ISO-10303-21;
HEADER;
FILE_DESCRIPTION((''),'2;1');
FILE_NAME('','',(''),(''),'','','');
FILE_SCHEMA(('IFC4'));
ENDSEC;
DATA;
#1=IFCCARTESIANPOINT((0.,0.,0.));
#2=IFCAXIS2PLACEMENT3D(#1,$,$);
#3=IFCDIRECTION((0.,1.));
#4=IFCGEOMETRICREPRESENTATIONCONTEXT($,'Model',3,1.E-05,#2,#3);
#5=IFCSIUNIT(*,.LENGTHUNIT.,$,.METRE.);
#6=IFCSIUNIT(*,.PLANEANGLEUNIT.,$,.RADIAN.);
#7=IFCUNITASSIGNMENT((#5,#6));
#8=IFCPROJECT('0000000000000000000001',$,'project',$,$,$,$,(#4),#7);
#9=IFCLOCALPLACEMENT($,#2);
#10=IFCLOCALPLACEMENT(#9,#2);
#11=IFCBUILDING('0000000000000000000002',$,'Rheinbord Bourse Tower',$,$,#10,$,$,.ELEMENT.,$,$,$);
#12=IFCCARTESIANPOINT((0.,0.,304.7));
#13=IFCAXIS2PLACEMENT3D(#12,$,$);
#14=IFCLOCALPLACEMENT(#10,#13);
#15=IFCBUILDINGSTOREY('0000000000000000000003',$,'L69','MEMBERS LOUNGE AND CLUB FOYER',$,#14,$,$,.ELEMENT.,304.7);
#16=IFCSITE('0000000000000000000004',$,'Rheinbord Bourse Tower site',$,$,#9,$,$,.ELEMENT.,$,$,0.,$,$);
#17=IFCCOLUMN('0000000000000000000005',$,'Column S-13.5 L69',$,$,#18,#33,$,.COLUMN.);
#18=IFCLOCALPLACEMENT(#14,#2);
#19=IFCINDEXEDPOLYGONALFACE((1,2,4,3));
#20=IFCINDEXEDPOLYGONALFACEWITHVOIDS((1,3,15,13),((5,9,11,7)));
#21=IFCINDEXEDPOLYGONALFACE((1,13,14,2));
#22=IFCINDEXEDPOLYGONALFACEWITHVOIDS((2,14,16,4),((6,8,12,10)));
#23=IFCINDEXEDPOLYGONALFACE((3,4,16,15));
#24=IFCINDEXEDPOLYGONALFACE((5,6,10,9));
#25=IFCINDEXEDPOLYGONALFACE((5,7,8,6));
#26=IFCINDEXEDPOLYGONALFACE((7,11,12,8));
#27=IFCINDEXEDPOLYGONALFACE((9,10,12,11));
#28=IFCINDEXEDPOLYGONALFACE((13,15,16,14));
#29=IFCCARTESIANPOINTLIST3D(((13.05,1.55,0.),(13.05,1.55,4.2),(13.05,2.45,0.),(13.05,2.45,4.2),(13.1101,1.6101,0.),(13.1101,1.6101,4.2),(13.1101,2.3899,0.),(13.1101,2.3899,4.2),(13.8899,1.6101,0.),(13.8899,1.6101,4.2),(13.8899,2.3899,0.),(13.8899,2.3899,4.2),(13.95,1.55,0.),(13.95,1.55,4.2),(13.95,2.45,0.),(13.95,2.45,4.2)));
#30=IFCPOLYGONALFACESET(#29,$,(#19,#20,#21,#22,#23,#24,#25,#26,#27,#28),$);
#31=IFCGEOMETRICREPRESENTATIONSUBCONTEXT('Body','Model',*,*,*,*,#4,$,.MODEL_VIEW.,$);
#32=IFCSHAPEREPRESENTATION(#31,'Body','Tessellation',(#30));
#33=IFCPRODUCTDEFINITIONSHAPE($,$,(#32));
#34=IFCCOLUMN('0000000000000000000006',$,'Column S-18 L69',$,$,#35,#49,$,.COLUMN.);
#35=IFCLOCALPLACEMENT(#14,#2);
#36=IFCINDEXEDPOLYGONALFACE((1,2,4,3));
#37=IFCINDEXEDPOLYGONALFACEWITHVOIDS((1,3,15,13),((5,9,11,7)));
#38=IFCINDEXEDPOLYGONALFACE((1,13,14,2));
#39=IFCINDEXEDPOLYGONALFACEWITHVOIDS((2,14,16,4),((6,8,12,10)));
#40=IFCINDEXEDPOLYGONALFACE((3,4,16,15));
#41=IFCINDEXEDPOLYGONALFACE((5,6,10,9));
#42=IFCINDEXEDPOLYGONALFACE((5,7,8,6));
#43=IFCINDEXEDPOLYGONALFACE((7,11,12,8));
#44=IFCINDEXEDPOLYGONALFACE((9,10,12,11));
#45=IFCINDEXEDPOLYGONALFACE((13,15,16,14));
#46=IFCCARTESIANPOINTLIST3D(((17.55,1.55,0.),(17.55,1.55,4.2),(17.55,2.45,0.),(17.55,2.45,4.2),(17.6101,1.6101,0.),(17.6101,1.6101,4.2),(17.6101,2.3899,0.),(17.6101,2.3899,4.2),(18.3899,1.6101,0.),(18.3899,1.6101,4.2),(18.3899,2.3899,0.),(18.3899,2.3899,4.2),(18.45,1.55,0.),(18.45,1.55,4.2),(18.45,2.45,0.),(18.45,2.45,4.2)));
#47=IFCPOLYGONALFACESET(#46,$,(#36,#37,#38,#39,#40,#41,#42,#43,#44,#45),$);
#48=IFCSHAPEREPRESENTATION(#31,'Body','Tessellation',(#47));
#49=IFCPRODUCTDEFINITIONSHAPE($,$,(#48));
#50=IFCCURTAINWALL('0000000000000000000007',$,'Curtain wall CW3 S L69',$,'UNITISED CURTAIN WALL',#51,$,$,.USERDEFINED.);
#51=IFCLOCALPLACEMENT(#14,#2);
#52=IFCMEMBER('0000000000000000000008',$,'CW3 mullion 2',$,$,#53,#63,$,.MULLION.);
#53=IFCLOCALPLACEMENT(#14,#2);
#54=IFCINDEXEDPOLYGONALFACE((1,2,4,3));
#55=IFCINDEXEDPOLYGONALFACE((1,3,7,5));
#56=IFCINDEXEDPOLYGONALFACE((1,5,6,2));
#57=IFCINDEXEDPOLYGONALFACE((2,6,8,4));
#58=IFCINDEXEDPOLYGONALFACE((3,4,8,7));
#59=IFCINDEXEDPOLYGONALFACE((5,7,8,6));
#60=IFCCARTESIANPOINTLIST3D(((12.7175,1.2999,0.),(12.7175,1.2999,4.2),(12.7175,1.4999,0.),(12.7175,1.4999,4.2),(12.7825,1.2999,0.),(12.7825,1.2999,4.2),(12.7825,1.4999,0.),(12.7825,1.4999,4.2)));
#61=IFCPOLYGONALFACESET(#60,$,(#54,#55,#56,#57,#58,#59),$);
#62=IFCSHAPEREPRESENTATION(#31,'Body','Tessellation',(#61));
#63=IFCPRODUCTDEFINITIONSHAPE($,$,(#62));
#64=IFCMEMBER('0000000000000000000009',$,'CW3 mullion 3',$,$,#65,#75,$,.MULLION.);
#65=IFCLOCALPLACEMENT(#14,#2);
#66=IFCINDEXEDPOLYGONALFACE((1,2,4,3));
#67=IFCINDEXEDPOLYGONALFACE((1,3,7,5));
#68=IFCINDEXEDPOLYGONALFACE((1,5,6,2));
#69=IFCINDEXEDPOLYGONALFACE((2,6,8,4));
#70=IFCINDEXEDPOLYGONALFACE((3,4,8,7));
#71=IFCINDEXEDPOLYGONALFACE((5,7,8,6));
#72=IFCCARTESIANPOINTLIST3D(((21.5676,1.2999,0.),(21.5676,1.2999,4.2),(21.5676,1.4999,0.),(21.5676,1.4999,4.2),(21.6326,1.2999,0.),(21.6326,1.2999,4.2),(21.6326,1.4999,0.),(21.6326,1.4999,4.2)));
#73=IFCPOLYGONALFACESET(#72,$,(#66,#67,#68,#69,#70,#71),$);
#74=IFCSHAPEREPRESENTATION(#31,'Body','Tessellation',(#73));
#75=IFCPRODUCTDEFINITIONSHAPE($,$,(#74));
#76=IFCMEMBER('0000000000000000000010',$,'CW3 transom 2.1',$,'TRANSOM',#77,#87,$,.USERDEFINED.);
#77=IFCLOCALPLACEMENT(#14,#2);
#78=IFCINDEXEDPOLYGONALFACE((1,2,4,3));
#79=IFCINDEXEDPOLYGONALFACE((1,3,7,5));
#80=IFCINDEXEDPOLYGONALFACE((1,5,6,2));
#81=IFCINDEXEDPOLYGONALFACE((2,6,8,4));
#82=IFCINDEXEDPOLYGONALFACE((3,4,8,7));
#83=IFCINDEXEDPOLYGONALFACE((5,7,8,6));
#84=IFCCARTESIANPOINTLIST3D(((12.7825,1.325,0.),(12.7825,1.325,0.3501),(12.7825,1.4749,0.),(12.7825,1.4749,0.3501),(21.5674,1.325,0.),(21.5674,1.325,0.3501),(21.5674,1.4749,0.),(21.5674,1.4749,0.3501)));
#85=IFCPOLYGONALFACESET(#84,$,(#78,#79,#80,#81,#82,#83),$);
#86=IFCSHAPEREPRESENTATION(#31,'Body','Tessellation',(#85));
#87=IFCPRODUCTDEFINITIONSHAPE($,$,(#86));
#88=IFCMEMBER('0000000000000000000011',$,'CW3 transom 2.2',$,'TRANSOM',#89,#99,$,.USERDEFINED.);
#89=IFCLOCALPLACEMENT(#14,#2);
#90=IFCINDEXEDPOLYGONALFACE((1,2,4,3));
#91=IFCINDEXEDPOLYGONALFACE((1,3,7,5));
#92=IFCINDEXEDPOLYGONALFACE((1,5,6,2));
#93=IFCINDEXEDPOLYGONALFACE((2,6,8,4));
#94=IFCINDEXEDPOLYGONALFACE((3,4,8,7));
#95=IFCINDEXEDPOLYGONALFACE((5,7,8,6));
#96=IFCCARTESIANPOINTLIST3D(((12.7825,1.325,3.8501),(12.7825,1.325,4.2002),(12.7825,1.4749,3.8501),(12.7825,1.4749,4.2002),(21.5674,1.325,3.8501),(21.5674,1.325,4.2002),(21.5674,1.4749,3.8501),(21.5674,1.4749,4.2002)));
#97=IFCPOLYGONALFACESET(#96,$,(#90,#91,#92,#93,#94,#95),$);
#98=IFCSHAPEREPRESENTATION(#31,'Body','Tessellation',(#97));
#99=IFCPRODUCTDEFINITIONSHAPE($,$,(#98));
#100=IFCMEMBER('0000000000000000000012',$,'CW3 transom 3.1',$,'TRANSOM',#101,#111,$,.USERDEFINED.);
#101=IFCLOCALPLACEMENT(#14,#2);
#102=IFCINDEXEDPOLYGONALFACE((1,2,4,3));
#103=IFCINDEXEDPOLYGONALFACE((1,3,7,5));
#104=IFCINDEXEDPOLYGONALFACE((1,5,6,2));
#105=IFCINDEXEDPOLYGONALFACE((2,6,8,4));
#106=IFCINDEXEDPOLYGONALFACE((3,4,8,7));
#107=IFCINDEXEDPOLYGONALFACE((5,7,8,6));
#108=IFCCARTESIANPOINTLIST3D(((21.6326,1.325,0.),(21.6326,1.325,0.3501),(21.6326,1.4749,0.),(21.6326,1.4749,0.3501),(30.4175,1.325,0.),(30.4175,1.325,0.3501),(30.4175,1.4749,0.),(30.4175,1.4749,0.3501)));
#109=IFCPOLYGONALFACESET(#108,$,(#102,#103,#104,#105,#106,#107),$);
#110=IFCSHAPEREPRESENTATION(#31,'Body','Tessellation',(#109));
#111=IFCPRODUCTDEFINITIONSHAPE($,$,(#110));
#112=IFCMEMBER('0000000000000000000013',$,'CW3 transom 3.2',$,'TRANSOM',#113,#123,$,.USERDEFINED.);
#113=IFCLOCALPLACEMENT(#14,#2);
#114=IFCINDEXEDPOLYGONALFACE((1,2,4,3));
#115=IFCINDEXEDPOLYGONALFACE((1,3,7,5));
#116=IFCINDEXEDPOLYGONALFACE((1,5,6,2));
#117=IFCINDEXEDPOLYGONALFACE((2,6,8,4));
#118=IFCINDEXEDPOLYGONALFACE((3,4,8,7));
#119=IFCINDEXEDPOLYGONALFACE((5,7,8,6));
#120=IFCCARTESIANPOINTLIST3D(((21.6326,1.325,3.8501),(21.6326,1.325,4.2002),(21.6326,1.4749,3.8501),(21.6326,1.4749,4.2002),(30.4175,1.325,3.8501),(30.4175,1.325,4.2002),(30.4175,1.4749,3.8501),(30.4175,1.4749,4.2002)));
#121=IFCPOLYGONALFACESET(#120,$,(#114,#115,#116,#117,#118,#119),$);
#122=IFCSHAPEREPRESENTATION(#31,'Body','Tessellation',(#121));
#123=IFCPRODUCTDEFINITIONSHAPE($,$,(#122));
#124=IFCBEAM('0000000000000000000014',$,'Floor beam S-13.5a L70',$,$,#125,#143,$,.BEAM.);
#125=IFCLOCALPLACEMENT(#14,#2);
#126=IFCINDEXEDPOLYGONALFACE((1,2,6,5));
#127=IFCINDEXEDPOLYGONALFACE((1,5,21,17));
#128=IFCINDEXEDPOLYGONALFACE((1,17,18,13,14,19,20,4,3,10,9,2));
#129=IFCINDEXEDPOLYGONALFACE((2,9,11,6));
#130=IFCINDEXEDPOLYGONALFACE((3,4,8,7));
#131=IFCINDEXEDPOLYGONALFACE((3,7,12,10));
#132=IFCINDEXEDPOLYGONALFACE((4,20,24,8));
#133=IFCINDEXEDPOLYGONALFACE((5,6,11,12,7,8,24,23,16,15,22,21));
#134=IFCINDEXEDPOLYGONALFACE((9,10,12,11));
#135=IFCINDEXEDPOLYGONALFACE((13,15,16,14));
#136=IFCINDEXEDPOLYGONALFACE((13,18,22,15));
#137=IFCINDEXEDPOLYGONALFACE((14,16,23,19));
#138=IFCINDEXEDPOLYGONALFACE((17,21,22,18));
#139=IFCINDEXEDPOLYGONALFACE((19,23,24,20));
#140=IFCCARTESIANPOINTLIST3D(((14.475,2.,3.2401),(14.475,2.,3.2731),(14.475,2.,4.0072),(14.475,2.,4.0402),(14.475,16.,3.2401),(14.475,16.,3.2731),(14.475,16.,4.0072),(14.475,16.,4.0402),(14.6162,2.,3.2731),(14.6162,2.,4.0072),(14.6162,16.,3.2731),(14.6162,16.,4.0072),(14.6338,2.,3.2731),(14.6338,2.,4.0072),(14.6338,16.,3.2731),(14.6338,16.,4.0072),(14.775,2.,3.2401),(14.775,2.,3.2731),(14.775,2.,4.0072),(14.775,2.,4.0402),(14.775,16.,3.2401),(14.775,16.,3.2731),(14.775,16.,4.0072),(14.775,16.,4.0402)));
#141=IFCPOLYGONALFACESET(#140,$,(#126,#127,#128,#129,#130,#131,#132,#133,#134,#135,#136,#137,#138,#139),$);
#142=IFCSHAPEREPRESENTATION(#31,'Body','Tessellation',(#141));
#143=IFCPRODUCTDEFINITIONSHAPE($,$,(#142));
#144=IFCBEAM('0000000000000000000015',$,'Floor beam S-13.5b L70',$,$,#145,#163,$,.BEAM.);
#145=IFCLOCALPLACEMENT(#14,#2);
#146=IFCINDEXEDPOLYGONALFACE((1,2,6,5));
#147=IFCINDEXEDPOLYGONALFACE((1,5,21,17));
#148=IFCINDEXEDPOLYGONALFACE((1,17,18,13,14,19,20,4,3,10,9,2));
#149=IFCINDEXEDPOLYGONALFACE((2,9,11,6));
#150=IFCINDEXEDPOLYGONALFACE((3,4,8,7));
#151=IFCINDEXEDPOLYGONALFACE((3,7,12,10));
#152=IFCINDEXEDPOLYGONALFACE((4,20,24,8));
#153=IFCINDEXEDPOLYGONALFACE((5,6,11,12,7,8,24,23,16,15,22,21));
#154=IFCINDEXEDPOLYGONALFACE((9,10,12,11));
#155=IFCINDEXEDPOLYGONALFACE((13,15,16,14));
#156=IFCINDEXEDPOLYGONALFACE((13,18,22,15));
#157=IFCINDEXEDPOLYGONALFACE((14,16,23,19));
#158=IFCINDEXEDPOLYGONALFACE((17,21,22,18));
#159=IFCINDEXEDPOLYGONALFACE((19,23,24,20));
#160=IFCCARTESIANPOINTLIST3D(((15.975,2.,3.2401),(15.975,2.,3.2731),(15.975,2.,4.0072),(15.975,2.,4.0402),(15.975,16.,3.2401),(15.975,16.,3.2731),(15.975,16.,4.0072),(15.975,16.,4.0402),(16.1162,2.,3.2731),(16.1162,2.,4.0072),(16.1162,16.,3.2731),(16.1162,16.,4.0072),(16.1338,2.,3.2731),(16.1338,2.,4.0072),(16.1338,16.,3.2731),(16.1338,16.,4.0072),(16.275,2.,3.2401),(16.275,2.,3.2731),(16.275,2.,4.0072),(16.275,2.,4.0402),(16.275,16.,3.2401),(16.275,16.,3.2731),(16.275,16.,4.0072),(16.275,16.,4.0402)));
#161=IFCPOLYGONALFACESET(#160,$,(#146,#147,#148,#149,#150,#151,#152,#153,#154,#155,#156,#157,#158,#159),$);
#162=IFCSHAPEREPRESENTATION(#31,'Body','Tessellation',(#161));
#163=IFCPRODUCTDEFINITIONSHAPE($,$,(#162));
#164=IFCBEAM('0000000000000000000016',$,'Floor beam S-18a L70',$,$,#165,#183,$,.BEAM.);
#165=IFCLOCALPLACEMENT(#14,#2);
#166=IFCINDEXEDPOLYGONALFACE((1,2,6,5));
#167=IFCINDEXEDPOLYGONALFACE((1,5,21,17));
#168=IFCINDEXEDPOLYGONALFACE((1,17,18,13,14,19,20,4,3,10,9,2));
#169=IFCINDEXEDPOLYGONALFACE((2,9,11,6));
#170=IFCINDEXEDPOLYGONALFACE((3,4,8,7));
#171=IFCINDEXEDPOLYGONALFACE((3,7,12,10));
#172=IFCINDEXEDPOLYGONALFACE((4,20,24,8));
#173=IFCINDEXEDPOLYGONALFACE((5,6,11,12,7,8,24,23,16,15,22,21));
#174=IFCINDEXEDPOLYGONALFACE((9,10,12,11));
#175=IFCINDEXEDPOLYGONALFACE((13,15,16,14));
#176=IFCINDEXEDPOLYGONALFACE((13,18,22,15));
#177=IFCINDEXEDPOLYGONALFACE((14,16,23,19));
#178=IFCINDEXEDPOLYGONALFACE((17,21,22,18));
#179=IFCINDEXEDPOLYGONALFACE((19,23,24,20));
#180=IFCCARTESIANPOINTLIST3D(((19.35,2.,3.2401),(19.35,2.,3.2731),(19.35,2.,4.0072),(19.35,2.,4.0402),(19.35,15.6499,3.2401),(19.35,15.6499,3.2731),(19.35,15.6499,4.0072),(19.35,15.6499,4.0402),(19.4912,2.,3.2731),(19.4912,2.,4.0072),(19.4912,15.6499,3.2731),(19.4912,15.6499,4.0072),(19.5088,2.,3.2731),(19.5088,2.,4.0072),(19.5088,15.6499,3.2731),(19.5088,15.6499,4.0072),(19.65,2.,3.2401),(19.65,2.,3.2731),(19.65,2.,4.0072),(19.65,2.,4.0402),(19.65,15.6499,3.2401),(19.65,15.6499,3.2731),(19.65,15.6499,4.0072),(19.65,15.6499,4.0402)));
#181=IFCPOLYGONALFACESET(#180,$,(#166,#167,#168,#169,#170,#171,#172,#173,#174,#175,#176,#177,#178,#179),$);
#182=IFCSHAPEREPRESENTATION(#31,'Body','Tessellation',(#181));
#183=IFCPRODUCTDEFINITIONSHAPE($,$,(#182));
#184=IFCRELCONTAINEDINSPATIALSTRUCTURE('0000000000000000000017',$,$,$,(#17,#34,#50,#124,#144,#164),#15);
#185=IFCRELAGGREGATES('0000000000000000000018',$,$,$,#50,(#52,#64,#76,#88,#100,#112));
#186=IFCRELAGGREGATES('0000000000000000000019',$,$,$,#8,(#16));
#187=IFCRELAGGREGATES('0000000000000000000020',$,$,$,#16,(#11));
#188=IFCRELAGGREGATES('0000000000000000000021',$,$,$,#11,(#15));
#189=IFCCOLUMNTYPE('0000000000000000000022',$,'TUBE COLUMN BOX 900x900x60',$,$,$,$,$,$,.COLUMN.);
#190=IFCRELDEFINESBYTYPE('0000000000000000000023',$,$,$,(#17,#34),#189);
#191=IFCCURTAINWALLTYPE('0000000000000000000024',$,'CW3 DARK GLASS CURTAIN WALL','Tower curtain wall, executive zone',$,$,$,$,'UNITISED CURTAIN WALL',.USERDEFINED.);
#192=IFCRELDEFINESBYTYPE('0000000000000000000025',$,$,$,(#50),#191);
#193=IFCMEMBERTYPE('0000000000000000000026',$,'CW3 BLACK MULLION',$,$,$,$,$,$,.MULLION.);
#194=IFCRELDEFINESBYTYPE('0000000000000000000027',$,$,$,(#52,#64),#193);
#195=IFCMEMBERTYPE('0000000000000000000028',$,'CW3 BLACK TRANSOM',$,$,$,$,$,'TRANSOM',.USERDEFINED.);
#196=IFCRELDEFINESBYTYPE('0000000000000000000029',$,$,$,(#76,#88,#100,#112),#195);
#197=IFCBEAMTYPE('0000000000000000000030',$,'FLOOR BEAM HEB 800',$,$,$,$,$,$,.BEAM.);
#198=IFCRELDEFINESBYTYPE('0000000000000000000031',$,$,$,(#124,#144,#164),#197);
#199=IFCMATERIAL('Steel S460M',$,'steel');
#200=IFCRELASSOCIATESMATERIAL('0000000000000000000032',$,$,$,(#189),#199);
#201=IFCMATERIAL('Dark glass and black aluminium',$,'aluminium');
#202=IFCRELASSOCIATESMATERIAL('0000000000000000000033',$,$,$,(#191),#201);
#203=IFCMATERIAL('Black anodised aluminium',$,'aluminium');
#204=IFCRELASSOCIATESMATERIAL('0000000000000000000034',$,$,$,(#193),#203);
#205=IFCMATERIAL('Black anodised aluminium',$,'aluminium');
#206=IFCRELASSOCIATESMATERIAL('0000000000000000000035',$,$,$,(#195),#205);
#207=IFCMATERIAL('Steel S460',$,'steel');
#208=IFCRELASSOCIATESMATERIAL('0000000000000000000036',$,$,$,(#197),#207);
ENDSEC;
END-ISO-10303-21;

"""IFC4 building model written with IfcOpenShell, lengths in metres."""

from ifc_helpers import new_model, si_unit, direction, frame, origin, origin_2d, place, context, subcontext, project, spatial, rectangle, hollow_rectangle, i_section, extrude, material, material_profile, profile_set, type_object, element, aggregate, save


model = new_model("IFC4")

# Units and contexts
model_context = context("Model", 3, precision=1e-05, world=origin(), true_north=direction((0.0, 1.0)))
body_context = subcontext(model_context, "Body", "Model", "MODEL_VIEW")
ifc_project = project(units=[si_unit("LENGTHUNIT", "METRE"), si_unit("PLANEANGLEUNIT", "RADIAN")], contexts=[model_context])

# Site, building, storey
site_placement = place(None, origin())
site = spatial("IfcSite", under=ifc_project, at=site_placement, Name="Rheinbord Bourse Tower site", CompositionType="ELEMENT", RefElevation=0.0)
building_placement = place(site_placement, origin())
building = spatial("IfcBuilding", under=site, at=building_placement, Name="Rheinbord Bourse Tower", CompositionType="ELEMENT")
storey_placement = place(building_placement, frame((0.0, 0.0, 304.7)))
storey = spatial("IfcBuildingStorey", under=building, at=storey_placement, Name="L69", Description="MEMBERS LOUNGE AND CLUB FOYER", CompositionType="ELEMENT", Elevation=304.7)

# Columns
ifc_material_1 = material(Name="Steel S460M", Category="steel")
ifc_material_profile_1 = material_profile(ifc_material_1, hollow_rectangle(XDim=0.8999, YDim=0.8999, WallThickness=0.0601, at=origin_2d()), Name="BOX 900x900x60")
ifc_profile_set_1 = profile_set([ifc_material_profile_1], Name="Steel S460M")
column_type = type_object("IfcColumnType", Name="TUBE COLUMN BOX 900x900x60", PredefinedType="COLUMN", material=ifc_profile_set_1)
for number, where, z_axis, x_axis, name in (
    (1, (13.5, 2.0, 0.0), (0.0, 0.0, 1.0), (0.0, 1.0, 0.0), "Column S-13.5 L69"),
    (2, (18.0, 2.0, 0.0), (0.0, 0.0, 1.0), (0.0, 1.0, 0.0), "Column S-18 L69"),
):
    element("IfcColumn", number, at=place(storey_placement, frame(where, z_axis=z_axis, x_axis=x_axis)), inside=storey, type_object=column_type, Name=name, PredefinedType="COLUMN", context=body_context, shape_type="SweptSolid", body=[
        extrude(hollow_rectangle(XDim=0.8999, YDim=0.8999, WallThickness=0.0601, at=origin_2d()), origin(), (0.0, 0.0, 1.0), 4.2),
    ])

# Curtain wall, members
ifc_material_2 = material(Name="Dark glass and black aluminium", Category="aluminium")
curtain_wall_type = type_object("IfcCurtainWallType", Name="CW3 DARK GLASS CURTAIN WALL", Description="Tower curtain wall, executive zone", ElementType="UNITISED CURTAIN WALL", PredefinedType="USERDEFINED", material=ifc_material_2)
curtain_wall_placement = place(storey_placement, origin())
curtain_wall = element("IfcCurtainWall", 3, at=curtain_wall_placement, inside=storey, type_object=curtain_wall_type, Name="Curtain wall CW3 S L69", ObjectType="UNITISED CURTAIN WALL", PredefinedType="USERDEFINED")
ifc_material_3 = material(Name="Black anodised aluminium", Category="aluminium")
ifc_material_profile_2 = material_profile(ifc_material_3, rectangle(XDim=0.2, YDim=0.0649, at=origin_2d()), Name="CW3 MULLION 65x200")
ifc_profile_set_2 = profile_set([ifc_material_profile_2], Name="Black anodised aluminium")
member_type_1 = type_object("IfcMemberType", Name="CW3 BLACK MULLION", PredefinedType="MULLION", material=ifc_profile_set_2)
member_1_placement = place(storey_placement, frame((12.75, 1.3999, 0.0), z_axis=(0.0, 0.0, 1.0), x_axis=(0.0, 1.0, 0.0)))
member_1 = element("IfcMember", 4, at=member_1_placement, type_object=member_type_1, Name="CW3 mullion 2", PredefinedType="MULLION", context=body_context, shape_type="SweptSolid", body=[
    extrude(rectangle(XDim=0.2, YDim=0.0649, at=origin_2d()), origin(), (0.0, 0.0, 1.0), 4.2),
])
member_2_placement = place(storey_placement, frame((21.6001, 1.3999, 0.0), z_axis=(0.0, 0.0, 1.0), x_axis=(0.0, 1.0, 0.0)))
member_2 = element("IfcMember", 5, at=member_2_placement, type_object=member_type_1, Name="CW3 mullion 3", PredefinedType="MULLION", context=body_context, shape_type="SweptSolid", body=[
    extrude(rectangle(XDim=0.2, YDim=0.0649, at=origin_2d()), origin(), (0.0, 0.0, 1.0), 4.2),
])
ifc_material_4 = material(Name="Black anodised aluminium", Category="aluminium")
ifc_material_profile_3 = material_profile(ifc_material_4, rectangle(XDim=0.1499, YDim=0.3501, at=origin_2d()), Name="CW3 TRANSOM 350x150")
ifc_profile_set_3 = profile_set([ifc_material_profile_3], Name="Black anodised aluminium")
member_type_2 = type_object("IfcMemberType", Name="CW3 BLACK TRANSOM", ElementType="TRANSOM", PredefinedType="USERDEFINED", material=ifc_profile_set_3)
member_3_placement = place(storey_placement, frame((12.7825, 1.3999, 0.175), z_axis=(1.0, 0.0, 0.0), x_axis=(0.0, 1.0, 0.0)))
member_3 = element("IfcMember", 6, at=member_3_placement, type_object=member_type_2, Name="CW3 transom 2.1", ObjectType="TRANSOM", PredefinedType="USERDEFINED", context=body_context, shape_type="SweptSolid", body=[
    extrude(rectangle(XDim=0.1499, YDim=0.3501, at=origin_2d()), origin(), (0.0, 0.0, 1.0), 8.7849),
])
member_4_placement = place(storey_placement, frame((12.7825, 1.3999, 4.0251), z_axis=(1.0, 0.0, 0.0), x_axis=(0.0, 1.0, 0.0)))
member_4 = element("IfcMember", 7, at=member_4_placement, type_object=member_type_2, Name="CW3 transom 2.2", ObjectType="TRANSOM", PredefinedType="USERDEFINED", context=body_context, shape_type="SweptSolid", body=[
    extrude(rectangle(XDim=0.1499, YDim=0.3501, at=origin_2d()), origin(), (0.0, 0.0, 1.0), 8.7849),
])
member_5_placement = place(storey_placement, frame((21.6326, 1.3999, 0.175), z_axis=(1.0, 0.0, 0.0), x_axis=(0.0, 1.0, 0.0)))
member_5 = element("IfcMember", 8, at=member_5_placement, type_object=member_type_2, Name="CW3 transom 3.1", ObjectType="TRANSOM", PredefinedType="USERDEFINED", context=body_context, shape_type="SweptSolid", body=[
    extrude(rectangle(XDim=0.1499, YDim=0.3501, at=origin_2d()), origin(), (0.0, 0.0, 1.0), 8.7849),
])
member_6_placement = place(storey_placement, frame((21.6326, 1.3999, 4.0251), z_axis=(1.0, 0.0, 0.0), x_axis=(0.0, 1.0, 0.0)))
member_6 = element("IfcMember", 9, at=member_6_placement, type_object=member_type_2, Name="CW3 transom 3.2", ObjectType="TRANSOM", PredefinedType="USERDEFINED", context=body_context, shape_type="SweptSolid", body=[
    extrude(rectangle(XDim=0.1499, YDim=0.3501, at=origin_2d()), origin(), (0.0, 0.0, 1.0), 8.7849),
])

# Beams
ifc_material_5 = material(Name="Steel S460", Category="steel")
ifc_material_profile_4 = material_profile(ifc_material_5, i_section(OverallWidth=0.3, OverallDepth=0.8, WebThickness=0.0176, FlangeThickness=0.033, at=origin_2d()), Name="HEB 800")
ifc_profile_set_4 = profile_set([ifc_material_profile_4], Name="Steel S460")
beam_type_1 = type_object("IfcBeamType", Name="FLOOR BEAM HEB 800", PredefinedType="BEAM", material=ifc_profile_set_4)
for number, where, z_axis, x_axis, name in (
    (10, (14.625, 2.0, 3.6401), (0.0, 1.0, 0.0), (-1.0, 0.0, 0.0), "Floor beam S-13.5a L70"),
    (11, (16.125, 2.0, 3.6401), (0.0, 1.0, 0.0), (-1.0, 0.0, 0.0), "Floor beam S-13.5b L70"),
):
    element("IfcBeam", number, at=place(storey_placement, frame(where, z_axis=z_axis, x_axis=x_axis)), inside=storey, type_object=beam_type_1, Name=name, PredefinedType="BEAM", context=body_context, shape_type="SweptSolid", body=[
        extrude(i_section(OverallWidth=0.3, OverallDepth=0.8, WebThickness=0.0176, FlangeThickness=0.033, at=origin_2d()), origin(), (0.0, 0.0, 1.0), 14.0),
    ])
for number, where, z_axis, x_axis, name in (
    (12, (19.5, 2.0, 3.6401), (0.0, 1.0, 0.0), (-1.0, 0.0, 0.0), "Floor beam S-18a L70"),
):
    element("IfcBeam", number, at=place(storey_placement, frame(where, z_axis=z_axis, x_axis=x_axis)), inside=storey, type_object=beam_type_1, Name=name, PredefinedType="BEAM", context=body_context, shape_type="SweptSolid", body=[
        extrude(i_section(OverallWidth=0.3, OverallDepth=0.8, WebThickness=0.0176, FlangeThickness=0.033, at=origin_2d()), origin(), (0.0, 0.0, 1.0), 13.6499),
    ])

aggregate(curtain_wall, [member_1, member_2, member_3, member_4, member_5, member_6])

save(model, "model.ifc")
